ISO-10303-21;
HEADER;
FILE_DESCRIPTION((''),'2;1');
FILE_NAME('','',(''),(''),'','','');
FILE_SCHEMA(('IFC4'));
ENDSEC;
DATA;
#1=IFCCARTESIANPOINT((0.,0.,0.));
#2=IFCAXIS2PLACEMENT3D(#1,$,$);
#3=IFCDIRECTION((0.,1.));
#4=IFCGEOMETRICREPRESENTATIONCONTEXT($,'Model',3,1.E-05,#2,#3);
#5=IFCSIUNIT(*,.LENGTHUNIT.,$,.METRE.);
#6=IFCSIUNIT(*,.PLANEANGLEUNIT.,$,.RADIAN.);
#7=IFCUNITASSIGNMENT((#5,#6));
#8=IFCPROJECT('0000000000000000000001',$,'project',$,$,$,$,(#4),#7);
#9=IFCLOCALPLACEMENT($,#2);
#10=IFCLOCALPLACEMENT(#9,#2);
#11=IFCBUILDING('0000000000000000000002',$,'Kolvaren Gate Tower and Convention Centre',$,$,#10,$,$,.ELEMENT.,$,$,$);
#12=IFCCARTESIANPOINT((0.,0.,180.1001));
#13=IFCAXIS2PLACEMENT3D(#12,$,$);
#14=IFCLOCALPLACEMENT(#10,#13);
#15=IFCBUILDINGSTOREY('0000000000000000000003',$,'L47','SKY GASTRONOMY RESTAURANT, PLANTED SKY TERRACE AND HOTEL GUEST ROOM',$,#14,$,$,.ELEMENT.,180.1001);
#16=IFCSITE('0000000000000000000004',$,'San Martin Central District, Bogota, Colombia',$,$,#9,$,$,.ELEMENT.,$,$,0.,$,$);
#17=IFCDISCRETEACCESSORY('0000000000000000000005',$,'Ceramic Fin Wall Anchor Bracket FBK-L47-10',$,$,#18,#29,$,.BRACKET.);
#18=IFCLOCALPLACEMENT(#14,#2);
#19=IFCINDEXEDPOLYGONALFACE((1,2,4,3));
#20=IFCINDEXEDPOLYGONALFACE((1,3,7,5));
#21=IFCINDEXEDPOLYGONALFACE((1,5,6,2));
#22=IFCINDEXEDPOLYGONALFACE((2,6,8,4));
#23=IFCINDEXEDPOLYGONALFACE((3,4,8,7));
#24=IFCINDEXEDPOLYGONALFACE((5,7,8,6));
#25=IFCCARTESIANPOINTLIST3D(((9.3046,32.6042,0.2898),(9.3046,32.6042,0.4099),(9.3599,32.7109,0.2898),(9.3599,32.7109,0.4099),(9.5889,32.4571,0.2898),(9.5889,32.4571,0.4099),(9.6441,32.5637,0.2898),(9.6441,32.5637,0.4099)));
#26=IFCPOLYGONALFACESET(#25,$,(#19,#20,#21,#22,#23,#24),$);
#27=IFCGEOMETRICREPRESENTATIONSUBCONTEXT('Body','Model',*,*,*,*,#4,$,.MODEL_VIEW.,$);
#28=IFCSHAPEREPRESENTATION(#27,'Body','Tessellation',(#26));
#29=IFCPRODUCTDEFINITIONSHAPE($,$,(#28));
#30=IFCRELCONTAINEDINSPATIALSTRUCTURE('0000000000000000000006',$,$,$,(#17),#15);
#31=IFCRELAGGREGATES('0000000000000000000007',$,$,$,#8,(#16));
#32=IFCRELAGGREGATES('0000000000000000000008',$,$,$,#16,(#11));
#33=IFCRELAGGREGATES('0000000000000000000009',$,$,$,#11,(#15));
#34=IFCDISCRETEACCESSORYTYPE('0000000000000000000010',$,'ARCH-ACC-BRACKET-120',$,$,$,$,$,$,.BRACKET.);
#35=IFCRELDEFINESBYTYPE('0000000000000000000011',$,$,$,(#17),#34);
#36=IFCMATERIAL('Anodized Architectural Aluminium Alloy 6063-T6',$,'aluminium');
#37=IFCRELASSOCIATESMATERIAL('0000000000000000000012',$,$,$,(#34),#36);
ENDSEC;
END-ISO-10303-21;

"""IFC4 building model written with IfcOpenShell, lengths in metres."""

from ifc_helpers import new_model, si_unit, direction, frame, origin, origin_2d, place, context, subcontext, project, spatial, rectangle, extrude, material, type_object, element, save


model = new_model("IFC4")

# Units and contexts
model_context = context("Model", 3, precision=1e-05, world=origin(), true_north=direction((0.0, 1.0)))
body_context = subcontext(model_context, "Body", "Model", "MODEL_VIEW")
ifc_project = project(units=[si_unit("LENGTHUNIT", "METRE"), si_unit("PLANEANGLEUNIT", "RADIAN")], contexts=[model_context])

# Site, building, storey
site_placement = place(None, origin())
site = spatial("IfcSite", under=ifc_project, at=site_placement, Name="San Martin Central District, Bogota, Colombia", CompositionType="ELEMENT", RefElevation=0.0)
building_placement = place(site_placement, origin())
building = spatial("IfcBuilding", under=site, at=building_placement, Name="Kolvaren Gate Tower and Convention Centre", CompositionType="ELEMENT")
storey_placement = place(building_placement, frame((0.0, 0.0, 180.1001)))
storey = spatial("IfcBuildingStorey", under=building, at=storey_placement, Name="L47", Description="SKY GASTRONOMY RESTAURANT, PLANTED SKY TERRACE AND HOTEL GUEST ROOM", CompositionType="ELEMENT", Elevation=180.1001)

# Discrete accessory
ifc_material_1 = material(Name="Anodized Architectural Aluminium Alloy 6063-T6", Category="aluminium")
discrete_accessory_type = type_object("IfcDiscreteAccessoryType", Name="ARCH-ACC-BRACKET-120", PredefinedType="BRACKET", material=ifc_material_1)
discrete_accessory_placement = place(storey_placement, frame((9.4744, 32.584, 0.2898), z_axis=(0.0, 0.0, 1.0), x_axis=(0.459798, 0.888023, 0.0)))
element("IfcDiscreteAccessory", 1, at=discrete_accessory_placement, inside=storey, type_object=discrete_accessory_type, Name="Ceramic Fin Wall Anchor Bracket FBK-L47-10", PredefinedType="BRACKET", context=body_context, shape_type="SweptSolid", body=[
    extrude(rectangle(XDim=0.1201, YDim=0.3201, at=origin_2d()), origin(), (0.0, 0.0, 1.0), 0.1201),
])

save(model, "model.ifc")
